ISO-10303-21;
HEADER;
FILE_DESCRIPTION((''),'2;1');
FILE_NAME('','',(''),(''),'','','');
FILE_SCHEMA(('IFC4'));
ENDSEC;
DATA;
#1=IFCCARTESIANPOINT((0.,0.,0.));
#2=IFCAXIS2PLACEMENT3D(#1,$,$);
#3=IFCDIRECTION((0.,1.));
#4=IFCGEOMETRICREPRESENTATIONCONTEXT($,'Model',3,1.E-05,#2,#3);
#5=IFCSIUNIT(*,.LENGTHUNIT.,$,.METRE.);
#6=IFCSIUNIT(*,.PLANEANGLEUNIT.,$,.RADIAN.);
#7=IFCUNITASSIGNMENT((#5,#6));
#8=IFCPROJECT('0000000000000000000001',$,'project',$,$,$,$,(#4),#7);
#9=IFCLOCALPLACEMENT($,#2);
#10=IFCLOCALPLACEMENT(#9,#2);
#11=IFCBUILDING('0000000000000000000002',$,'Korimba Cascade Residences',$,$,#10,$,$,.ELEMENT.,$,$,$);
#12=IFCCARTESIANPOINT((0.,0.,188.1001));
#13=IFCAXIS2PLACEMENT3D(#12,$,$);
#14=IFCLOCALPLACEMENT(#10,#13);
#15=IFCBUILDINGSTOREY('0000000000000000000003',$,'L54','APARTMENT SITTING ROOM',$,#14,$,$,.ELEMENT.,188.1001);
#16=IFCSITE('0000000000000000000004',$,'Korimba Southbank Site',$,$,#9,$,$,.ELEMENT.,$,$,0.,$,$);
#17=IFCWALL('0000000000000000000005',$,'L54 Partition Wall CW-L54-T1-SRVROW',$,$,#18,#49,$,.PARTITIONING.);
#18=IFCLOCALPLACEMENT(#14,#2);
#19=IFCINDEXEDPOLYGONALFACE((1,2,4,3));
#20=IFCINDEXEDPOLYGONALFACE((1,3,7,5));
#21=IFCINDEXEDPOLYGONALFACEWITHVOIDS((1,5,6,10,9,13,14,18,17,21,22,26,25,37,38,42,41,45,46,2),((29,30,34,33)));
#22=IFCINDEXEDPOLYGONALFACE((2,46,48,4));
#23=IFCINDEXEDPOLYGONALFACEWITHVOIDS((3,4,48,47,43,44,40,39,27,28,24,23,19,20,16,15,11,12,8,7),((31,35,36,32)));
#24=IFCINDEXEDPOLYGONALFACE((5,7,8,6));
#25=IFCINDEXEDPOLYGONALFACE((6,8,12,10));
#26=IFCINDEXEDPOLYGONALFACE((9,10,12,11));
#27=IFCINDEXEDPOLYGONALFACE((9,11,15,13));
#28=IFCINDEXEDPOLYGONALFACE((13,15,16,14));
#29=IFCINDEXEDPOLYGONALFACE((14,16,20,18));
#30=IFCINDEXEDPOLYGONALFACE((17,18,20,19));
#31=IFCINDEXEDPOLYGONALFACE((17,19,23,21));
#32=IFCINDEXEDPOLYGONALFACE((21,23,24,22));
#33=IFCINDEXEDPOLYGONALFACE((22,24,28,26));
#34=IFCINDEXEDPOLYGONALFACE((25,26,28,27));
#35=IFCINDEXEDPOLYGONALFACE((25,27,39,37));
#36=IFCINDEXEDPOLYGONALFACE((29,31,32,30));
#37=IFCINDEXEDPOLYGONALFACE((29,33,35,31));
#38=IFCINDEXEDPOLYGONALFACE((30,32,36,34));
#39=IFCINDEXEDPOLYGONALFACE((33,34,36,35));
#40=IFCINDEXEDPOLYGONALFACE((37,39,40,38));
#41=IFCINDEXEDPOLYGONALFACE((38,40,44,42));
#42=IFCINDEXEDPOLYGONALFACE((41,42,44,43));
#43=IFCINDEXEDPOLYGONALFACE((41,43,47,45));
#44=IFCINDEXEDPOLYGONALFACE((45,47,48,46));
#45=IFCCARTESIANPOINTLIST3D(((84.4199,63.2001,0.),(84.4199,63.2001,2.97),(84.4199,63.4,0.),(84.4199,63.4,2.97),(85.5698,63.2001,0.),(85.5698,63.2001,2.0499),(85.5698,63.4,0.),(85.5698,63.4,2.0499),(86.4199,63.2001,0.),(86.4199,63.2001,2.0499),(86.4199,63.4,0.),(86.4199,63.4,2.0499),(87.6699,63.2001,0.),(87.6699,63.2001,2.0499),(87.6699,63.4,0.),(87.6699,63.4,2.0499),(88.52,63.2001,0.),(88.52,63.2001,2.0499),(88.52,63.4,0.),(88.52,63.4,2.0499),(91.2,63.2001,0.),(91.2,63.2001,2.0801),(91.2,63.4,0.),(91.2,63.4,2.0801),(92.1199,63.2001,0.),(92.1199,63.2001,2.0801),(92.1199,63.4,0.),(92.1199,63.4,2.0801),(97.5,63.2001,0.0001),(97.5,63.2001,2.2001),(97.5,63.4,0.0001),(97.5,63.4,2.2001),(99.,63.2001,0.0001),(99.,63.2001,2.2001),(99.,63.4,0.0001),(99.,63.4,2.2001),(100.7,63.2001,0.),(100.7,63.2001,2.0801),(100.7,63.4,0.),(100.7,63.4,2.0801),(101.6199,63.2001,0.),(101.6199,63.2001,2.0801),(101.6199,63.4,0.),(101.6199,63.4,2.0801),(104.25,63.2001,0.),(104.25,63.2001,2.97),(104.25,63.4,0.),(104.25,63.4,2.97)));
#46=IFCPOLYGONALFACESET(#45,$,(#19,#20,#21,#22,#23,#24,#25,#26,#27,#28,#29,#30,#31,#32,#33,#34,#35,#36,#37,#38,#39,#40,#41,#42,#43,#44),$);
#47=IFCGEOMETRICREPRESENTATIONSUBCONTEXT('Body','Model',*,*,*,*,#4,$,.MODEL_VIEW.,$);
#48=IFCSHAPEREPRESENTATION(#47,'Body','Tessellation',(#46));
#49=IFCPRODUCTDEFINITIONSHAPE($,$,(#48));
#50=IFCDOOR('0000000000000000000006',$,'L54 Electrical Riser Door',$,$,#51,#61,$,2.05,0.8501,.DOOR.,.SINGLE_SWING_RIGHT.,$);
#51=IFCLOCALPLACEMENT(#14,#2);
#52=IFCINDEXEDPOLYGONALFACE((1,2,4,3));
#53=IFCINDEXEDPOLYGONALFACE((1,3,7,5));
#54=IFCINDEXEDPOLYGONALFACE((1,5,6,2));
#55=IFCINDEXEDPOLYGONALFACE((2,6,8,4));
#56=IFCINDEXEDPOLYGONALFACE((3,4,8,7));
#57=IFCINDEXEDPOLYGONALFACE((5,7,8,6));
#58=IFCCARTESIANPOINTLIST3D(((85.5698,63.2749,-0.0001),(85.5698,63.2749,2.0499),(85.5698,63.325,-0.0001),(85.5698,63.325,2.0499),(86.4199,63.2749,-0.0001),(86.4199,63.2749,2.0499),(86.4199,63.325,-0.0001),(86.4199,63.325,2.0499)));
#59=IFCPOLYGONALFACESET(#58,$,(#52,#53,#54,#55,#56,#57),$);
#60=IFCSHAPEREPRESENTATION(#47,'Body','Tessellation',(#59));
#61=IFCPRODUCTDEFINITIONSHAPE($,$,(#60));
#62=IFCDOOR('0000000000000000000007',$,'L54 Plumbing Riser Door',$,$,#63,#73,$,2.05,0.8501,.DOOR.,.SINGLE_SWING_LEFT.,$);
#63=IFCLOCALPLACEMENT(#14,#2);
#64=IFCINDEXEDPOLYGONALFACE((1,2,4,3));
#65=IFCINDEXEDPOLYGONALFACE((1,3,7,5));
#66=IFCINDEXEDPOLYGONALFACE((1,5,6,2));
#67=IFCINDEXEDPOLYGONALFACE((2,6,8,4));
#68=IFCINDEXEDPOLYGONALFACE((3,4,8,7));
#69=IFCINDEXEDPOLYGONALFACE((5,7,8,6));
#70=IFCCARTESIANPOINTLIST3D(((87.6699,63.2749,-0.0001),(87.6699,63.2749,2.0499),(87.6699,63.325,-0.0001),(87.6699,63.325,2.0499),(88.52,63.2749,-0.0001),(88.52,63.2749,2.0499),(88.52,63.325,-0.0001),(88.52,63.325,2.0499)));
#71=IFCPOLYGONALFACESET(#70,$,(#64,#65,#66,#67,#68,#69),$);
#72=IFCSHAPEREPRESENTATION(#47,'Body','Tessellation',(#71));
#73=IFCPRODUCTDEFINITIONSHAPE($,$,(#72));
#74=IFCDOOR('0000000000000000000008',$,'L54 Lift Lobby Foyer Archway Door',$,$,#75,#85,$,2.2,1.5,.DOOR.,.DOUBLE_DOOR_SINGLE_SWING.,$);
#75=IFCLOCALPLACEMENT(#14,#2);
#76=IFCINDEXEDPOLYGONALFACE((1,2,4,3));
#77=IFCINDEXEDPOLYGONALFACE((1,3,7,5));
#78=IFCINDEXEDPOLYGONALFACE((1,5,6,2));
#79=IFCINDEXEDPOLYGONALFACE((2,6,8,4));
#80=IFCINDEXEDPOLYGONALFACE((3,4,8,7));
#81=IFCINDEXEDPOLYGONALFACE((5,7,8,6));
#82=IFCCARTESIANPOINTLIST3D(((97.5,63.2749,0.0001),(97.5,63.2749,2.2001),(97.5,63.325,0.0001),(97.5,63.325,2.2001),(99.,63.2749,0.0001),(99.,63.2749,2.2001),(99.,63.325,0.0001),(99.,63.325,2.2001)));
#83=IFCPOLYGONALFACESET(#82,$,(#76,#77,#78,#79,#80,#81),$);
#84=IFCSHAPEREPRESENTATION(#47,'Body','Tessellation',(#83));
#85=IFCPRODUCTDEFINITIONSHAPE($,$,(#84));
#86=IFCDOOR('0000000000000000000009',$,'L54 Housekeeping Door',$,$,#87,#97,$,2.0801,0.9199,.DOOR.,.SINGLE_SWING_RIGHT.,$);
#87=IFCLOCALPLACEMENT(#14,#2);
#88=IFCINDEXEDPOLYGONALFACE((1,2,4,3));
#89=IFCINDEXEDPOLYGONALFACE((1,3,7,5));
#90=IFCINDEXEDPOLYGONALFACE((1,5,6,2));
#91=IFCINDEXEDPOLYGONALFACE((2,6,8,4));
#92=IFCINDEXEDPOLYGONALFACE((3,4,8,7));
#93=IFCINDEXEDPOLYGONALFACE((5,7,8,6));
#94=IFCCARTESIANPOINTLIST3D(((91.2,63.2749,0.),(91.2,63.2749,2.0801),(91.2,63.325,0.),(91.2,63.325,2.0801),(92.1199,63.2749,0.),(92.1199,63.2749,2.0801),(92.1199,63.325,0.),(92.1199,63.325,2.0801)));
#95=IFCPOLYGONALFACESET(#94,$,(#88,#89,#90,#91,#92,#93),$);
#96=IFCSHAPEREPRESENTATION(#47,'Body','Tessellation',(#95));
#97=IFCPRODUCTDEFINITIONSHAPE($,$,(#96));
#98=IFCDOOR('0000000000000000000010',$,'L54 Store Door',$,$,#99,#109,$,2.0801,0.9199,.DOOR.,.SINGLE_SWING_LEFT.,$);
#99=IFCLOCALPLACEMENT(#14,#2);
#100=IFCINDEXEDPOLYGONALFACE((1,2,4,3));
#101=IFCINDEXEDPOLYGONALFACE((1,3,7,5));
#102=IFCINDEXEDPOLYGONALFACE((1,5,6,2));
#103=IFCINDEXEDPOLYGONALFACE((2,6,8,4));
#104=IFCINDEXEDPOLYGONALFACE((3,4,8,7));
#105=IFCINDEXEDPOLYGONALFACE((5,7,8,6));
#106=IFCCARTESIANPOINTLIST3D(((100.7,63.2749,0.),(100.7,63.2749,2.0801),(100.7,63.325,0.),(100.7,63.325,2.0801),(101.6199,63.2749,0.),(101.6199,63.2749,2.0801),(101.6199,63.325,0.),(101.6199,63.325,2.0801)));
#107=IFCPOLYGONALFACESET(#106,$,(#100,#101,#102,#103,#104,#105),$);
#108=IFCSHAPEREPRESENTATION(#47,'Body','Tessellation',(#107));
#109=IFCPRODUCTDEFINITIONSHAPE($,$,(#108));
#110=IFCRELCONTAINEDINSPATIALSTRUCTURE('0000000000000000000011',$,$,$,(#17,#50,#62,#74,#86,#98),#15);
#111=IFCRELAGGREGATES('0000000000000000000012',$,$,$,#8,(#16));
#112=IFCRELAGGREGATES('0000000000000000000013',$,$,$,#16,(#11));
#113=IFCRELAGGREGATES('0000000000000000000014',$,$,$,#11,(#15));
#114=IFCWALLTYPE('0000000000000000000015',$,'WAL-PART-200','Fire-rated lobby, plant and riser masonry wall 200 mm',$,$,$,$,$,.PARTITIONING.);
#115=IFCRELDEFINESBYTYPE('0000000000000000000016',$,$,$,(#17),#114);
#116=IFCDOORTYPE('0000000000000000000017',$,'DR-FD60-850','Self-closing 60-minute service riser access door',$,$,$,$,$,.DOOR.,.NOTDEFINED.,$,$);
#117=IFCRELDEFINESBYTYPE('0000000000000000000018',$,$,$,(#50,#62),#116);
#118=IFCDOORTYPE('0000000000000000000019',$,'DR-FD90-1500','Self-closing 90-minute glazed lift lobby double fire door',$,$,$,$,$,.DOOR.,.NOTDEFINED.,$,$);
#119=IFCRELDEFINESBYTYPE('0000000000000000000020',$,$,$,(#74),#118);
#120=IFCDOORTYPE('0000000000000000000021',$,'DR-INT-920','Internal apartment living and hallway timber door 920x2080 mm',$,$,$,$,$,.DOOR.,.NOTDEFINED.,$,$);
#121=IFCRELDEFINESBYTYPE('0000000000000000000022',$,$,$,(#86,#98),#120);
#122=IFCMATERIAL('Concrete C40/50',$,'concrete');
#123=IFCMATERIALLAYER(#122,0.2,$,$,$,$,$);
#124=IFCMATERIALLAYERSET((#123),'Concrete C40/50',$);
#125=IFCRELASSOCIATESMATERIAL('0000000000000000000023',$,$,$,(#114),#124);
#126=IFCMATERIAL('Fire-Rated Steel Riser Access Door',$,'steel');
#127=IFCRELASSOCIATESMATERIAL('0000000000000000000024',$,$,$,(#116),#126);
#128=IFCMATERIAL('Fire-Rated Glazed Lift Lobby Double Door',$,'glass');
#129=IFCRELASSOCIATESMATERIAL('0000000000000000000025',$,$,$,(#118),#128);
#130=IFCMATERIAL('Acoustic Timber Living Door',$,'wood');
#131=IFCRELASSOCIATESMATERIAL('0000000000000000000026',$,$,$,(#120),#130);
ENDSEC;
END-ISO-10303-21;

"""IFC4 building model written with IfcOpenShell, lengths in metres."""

from ifc_helpers import new_model, si_unit, direction, frame, frame_2d, origin, place, context, subcontext, project, spatial, rectangle, extrude, material, layer, layer_set, type_object, element, fill, save


model = new_model("IFC4")

# Units and contexts
model_context = context("Model", 3, precision=1e-05, world=origin(), true_north=direction((0.0, 1.0)))
body_context = subcontext(model_context, "Body", "Model", "MODEL_VIEW")
ifc_project = project(units=[si_unit("LENGTHUNIT", "METRE"), si_unit("PLANEANGLEUNIT", "RADIAN")], contexts=[model_context])

# Site, building, storey
site_placement = place(None, origin())
site = spatial("IfcSite", under=ifc_project, at=site_placement, Name="Korimba Southbank Site", CompositionType="ELEMENT", RefElevation=0.0)
building_placement = place(site_placement, origin())
building = spatial("IfcBuilding", under=site, at=building_placement, Name="Korimba Cascade Residences", CompositionType="ELEMENT")
storey_placement = place(building_placement, frame((0.0, 0.0, 188.1001)))
storey = spatial("IfcBuildingStorey", under=building, at=storey_placement, Name="L54", Description="APARTMENT SITTING ROOM", CompositionType="ELEMENT", Elevation=188.1001)

# Shared definitions
ifc_material_1 = material(Name="Concrete C40/50", Category="concrete")
ifc_layer_1 = layer(ifc_material_1, 0.2)
ifc_layer_set_1 = layer_set([ifc_layer_1], Name="Concrete C40/50")
wall_type_1 = type_object("IfcWallType", Name="WAL-PART-200", Description="Fire-rated lobby, plant and riser masonry wall 200 mm", PredefinedType="PARTITIONING", material=ifc_layer_set_1)

# Wall, openings, doors
wall_1_placement = place(storey_placement, frame((84.4199, 63.3, 0.0), z_axis=(0.0, 0.0, 1.0), x_axis=(1.0, 0.0, 0.0)))
wall_1 = element("IfcWall", 1, at=wall_1_placement, inside=storey, type_object=wall_type_1, Name="L54 Partition Wall CW-L54-T1-SRVROW", PredefinedType="PARTITIONING", context=body_context, shape_type="SweptSolid", body=[
    extrude(rectangle(XDim=19.8301, YDim=0.2, at=frame_2d((9.915, 0.0))), origin(), (0.0, 0.0, 1.0), 2.97),
])
opening_1_placement = place(wall_1_placement, frame((1.1499, 0.0, 0.0)))
opening_1 = element("IfcOpeningElement", 2, at=opening_1_placement, cuts=wall_1, PredefinedType="OPENING", context=body_context, shape_type="SweptSolid", body=[
    extrude(rectangle(XDim=0.8501, YDim=2.05, at=frame_2d((0.425, 1.0249))), frame((0.0, 0.1099, 0.0), z_axis=(0.0, -1.0, 0.0), x_axis=(1.0, 0.0, 0.0)), (0.0, 0.0, 1.0), 0.22),
])
opening_2_placement = place(wall_1_placement, frame((3.25, 0.0, 0.0)))
opening_2 = element("IfcOpeningElement", 3, at=opening_2_placement, cuts=wall_1, PredefinedType="OPENING", context=body_context, shape_type="SweptSolid", body=[
    extrude(rectangle(XDim=0.8501, YDim=2.05, at=frame_2d((0.425, 1.0249))), frame((0.0, 0.1099, 0.0), z_axis=(0.0, -1.0, 0.0), x_axis=(1.0, 0.0, 0.0)), (0.0, 0.0, 1.0), 0.22),
])
opening_3_placement = place(wall_1_placement, frame((13.0801, 0.0, 0.0)))
opening_3 = element("IfcOpeningElement", 4, at=opening_3_placement, cuts=wall_1, PredefinedType="OPENING", context=body_context, shape_type="SweptSolid", body=[
    extrude(rectangle(XDim=1.5, YDim=2.2, at=frame_2d((0.75, 1.1001))), frame((0.0, 0.1099, 0.0), z_axis=(0.0, -1.0, 0.0), x_axis=(1.0, 0.0, 0.0)), (0.0, 0.0, 1.0), 0.22),
])
opening_4_placement = place(wall_1_placement, frame((6.78, 0.0, 0.0)))
opening_4 = element("IfcOpeningElement", 5, at=opening_4_placement, cuts=wall_1, PredefinedType="OPENING", context=body_context, shape_type="SweptSolid", body=[
    extrude(rectangle(XDim=0.9199, YDim=2.0801, at=frame_2d((0.46, 1.04))), frame((0.0, 0.1099, 0.0), z_axis=(0.0, -1.0, 0.0), x_axis=(1.0, 0.0, 0.0)), (0.0, 0.0, 1.0), 0.22),
])
opening_5_placement = place(wall_1_placement, frame((16.28, 0.0, 0.0)))
opening_5 = element("IfcOpeningElement", 6, at=opening_5_placement, cuts=wall_1, PredefinedType="OPENING", context=body_context, shape_type="SweptSolid", body=[
    extrude(rectangle(XDim=0.9199, YDim=2.0801, at=frame_2d((0.46, 1.04))), frame((0.0, 0.1099, 0.0), z_axis=(0.0, -1.0, 0.0), x_axis=(1.0, 0.0, 0.0)), (0.0, 0.0, 1.0), 0.22),
])
ifc_material_2 = material(Name="Fire-Rated Steel Riser Access Door", Category="steel")
door_type_1 = type_object("IfcDoorType", Name="DR-FD60-850", Description="Self-closing 60-minute service riser access door", OperationType="NOTDEFINED", PredefinedType="DOOR", material=ifc_material_2)
door_1_placement = place(opening_1_placement, origin())
door_1 = element("IfcDoor", 7, at=door_1_placement, inside=storey, type_object=door_type_1, Name="L54 Electrical Riser Door", OperationType="SINGLE_SWING_RIGHT", OverallHeight=2.05, OverallWidth=0.8501, PredefinedType="DOOR", context=body_context, shape_type="SweptSolid", body=[
    extrude(rectangle(XDim=0.8501, YDim=2.05, at=frame_2d((0.425, 1.0249))), frame((0.0, 0.0249, 0.0), z_axis=(0.0, -1.0, 0.0), x_axis=(1.0, 0.0, 0.0)), (0.0, 0.0, 1.0), 0.05),
])
fill(opening_1, door_1)
door_2_placement = place(opening_2_placement, origin())
door_2 = element("IfcDoor", 8, at=door_2_placement, inside=storey, type_object=door_type_1, Name="L54 Plumbing Riser Door", OperationType="SINGLE_SWING_LEFT", OverallHeight=2.05, OverallWidth=0.8501, PredefinedType="DOOR", context=body_context, shape_type="SweptSolid", body=[
    extrude(rectangle(XDim=0.8501, YDim=2.05, at=frame_2d((0.425, 1.0249))), frame((0.0, 0.0249, 0.0), z_axis=(0.0, -1.0, 0.0), x_axis=(1.0, 0.0, 0.0)), (0.0, 0.0, 1.0), 0.05),
])
fill(opening_2, door_2)
ifc_material_3 = material(Name="Fire-Rated Glazed Lift Lobby Double Door", Category="glass")
door_type_2 = type_object("IfcDoorType", Name="DR-FD90-1500", Description="Self-closing 90-minute glazed lift lobby double fire door", OperationType="NOTDEFINED", PredefinedType="DOOR", material=ifc_material_3)
door_3_placement = place(opening_3_placement, origin())
door_3 = element("IfcDoor", 9, at=door_3_placement, inside=storey, type_object=door_type_2, Name="L54 Lift Lobby Foyer Archway Door", OperationType="DOUBLE_DOOR_SINGLE_SWING", OverallHeight=2.2, OverallWidth=1.5, PredefinedType="DOOR", context=body_context, shape_type="SweptSolid", body=[
    extrude(rectangle(XDim=1.5, YDim=2.2, at=frame_2d((0.75, 1.1001))), frame((0.0, 0.0249, 0.0), z_axis=(0.0, -1.0, 0.0), x_axis=(1.0, 0.0, 0.0)), (0.0, 0.0, 1.0), 0.05),
])
fill(opening_3, door_3)
ifc_material_4 = material(Name="Acoustic Timber Living Door", Category="wood")
door_type_3 = type_object("IfcDoorType", Name="DR-INT-920", Description="Internal apartment living and hallway timber door 920x2080 mm", OperationType="NOTDEFINED", PredefinedType="DOOR", material=ifc_material_4)
door_4_placement = place(opening_4_placement, origin())
door_4 = element("IfcDoor", 10, at=door_4_placement, inside=storey, type_object=door_type_3, Name="L54 Housekeeping Door", OperationType="SINGLE_SWING_RIGHT", OverallHeight=2.0801, OverallWidth=0.9199, PredefinedType="DOOR", context=body_context, shape_type="SweptSolid", body=[
    extrude(rectangle(XDim=0.9199, YDim=2.0801, at=frame_2d((0.46, 1.04))), frame((0.0, 0.0249, 0.0), z_axis=(0.0, -1.0, 0.0), x_axis=(1.0, 0.0, 0.0)), (0.0, 0.0, 1.0), 0.05),
])
fill(opening_4, door_4)
door_5_placement = place(opening_5_placement, origin())
door_5 = element("IfcDoor", 11, at=door_5_placement, inside=storey, type_object=door_type_3, Name="L54 Store Door", OperationType="SINGLE_SWING_LEFT", OverallHeight=2.0801, OverallWidth=0.9199, PredefinedType="DOOR", context=body_context, shape_type="SweptSolid", body=[
    extrude(rectangle(XDim=0.9199, YDim=2.0801, at=frame_2d((0.46, 1.04))), frame((0.0, 0.0249, 0.0), z_axis=(0.0, -1.0, 0.0), x_axis=(1.0, 0.0, 0.0)), (0.0, 0.0, 1.0), 0.05),
])
fill(opening_5, door_5)

save(model, "model.ifc")
